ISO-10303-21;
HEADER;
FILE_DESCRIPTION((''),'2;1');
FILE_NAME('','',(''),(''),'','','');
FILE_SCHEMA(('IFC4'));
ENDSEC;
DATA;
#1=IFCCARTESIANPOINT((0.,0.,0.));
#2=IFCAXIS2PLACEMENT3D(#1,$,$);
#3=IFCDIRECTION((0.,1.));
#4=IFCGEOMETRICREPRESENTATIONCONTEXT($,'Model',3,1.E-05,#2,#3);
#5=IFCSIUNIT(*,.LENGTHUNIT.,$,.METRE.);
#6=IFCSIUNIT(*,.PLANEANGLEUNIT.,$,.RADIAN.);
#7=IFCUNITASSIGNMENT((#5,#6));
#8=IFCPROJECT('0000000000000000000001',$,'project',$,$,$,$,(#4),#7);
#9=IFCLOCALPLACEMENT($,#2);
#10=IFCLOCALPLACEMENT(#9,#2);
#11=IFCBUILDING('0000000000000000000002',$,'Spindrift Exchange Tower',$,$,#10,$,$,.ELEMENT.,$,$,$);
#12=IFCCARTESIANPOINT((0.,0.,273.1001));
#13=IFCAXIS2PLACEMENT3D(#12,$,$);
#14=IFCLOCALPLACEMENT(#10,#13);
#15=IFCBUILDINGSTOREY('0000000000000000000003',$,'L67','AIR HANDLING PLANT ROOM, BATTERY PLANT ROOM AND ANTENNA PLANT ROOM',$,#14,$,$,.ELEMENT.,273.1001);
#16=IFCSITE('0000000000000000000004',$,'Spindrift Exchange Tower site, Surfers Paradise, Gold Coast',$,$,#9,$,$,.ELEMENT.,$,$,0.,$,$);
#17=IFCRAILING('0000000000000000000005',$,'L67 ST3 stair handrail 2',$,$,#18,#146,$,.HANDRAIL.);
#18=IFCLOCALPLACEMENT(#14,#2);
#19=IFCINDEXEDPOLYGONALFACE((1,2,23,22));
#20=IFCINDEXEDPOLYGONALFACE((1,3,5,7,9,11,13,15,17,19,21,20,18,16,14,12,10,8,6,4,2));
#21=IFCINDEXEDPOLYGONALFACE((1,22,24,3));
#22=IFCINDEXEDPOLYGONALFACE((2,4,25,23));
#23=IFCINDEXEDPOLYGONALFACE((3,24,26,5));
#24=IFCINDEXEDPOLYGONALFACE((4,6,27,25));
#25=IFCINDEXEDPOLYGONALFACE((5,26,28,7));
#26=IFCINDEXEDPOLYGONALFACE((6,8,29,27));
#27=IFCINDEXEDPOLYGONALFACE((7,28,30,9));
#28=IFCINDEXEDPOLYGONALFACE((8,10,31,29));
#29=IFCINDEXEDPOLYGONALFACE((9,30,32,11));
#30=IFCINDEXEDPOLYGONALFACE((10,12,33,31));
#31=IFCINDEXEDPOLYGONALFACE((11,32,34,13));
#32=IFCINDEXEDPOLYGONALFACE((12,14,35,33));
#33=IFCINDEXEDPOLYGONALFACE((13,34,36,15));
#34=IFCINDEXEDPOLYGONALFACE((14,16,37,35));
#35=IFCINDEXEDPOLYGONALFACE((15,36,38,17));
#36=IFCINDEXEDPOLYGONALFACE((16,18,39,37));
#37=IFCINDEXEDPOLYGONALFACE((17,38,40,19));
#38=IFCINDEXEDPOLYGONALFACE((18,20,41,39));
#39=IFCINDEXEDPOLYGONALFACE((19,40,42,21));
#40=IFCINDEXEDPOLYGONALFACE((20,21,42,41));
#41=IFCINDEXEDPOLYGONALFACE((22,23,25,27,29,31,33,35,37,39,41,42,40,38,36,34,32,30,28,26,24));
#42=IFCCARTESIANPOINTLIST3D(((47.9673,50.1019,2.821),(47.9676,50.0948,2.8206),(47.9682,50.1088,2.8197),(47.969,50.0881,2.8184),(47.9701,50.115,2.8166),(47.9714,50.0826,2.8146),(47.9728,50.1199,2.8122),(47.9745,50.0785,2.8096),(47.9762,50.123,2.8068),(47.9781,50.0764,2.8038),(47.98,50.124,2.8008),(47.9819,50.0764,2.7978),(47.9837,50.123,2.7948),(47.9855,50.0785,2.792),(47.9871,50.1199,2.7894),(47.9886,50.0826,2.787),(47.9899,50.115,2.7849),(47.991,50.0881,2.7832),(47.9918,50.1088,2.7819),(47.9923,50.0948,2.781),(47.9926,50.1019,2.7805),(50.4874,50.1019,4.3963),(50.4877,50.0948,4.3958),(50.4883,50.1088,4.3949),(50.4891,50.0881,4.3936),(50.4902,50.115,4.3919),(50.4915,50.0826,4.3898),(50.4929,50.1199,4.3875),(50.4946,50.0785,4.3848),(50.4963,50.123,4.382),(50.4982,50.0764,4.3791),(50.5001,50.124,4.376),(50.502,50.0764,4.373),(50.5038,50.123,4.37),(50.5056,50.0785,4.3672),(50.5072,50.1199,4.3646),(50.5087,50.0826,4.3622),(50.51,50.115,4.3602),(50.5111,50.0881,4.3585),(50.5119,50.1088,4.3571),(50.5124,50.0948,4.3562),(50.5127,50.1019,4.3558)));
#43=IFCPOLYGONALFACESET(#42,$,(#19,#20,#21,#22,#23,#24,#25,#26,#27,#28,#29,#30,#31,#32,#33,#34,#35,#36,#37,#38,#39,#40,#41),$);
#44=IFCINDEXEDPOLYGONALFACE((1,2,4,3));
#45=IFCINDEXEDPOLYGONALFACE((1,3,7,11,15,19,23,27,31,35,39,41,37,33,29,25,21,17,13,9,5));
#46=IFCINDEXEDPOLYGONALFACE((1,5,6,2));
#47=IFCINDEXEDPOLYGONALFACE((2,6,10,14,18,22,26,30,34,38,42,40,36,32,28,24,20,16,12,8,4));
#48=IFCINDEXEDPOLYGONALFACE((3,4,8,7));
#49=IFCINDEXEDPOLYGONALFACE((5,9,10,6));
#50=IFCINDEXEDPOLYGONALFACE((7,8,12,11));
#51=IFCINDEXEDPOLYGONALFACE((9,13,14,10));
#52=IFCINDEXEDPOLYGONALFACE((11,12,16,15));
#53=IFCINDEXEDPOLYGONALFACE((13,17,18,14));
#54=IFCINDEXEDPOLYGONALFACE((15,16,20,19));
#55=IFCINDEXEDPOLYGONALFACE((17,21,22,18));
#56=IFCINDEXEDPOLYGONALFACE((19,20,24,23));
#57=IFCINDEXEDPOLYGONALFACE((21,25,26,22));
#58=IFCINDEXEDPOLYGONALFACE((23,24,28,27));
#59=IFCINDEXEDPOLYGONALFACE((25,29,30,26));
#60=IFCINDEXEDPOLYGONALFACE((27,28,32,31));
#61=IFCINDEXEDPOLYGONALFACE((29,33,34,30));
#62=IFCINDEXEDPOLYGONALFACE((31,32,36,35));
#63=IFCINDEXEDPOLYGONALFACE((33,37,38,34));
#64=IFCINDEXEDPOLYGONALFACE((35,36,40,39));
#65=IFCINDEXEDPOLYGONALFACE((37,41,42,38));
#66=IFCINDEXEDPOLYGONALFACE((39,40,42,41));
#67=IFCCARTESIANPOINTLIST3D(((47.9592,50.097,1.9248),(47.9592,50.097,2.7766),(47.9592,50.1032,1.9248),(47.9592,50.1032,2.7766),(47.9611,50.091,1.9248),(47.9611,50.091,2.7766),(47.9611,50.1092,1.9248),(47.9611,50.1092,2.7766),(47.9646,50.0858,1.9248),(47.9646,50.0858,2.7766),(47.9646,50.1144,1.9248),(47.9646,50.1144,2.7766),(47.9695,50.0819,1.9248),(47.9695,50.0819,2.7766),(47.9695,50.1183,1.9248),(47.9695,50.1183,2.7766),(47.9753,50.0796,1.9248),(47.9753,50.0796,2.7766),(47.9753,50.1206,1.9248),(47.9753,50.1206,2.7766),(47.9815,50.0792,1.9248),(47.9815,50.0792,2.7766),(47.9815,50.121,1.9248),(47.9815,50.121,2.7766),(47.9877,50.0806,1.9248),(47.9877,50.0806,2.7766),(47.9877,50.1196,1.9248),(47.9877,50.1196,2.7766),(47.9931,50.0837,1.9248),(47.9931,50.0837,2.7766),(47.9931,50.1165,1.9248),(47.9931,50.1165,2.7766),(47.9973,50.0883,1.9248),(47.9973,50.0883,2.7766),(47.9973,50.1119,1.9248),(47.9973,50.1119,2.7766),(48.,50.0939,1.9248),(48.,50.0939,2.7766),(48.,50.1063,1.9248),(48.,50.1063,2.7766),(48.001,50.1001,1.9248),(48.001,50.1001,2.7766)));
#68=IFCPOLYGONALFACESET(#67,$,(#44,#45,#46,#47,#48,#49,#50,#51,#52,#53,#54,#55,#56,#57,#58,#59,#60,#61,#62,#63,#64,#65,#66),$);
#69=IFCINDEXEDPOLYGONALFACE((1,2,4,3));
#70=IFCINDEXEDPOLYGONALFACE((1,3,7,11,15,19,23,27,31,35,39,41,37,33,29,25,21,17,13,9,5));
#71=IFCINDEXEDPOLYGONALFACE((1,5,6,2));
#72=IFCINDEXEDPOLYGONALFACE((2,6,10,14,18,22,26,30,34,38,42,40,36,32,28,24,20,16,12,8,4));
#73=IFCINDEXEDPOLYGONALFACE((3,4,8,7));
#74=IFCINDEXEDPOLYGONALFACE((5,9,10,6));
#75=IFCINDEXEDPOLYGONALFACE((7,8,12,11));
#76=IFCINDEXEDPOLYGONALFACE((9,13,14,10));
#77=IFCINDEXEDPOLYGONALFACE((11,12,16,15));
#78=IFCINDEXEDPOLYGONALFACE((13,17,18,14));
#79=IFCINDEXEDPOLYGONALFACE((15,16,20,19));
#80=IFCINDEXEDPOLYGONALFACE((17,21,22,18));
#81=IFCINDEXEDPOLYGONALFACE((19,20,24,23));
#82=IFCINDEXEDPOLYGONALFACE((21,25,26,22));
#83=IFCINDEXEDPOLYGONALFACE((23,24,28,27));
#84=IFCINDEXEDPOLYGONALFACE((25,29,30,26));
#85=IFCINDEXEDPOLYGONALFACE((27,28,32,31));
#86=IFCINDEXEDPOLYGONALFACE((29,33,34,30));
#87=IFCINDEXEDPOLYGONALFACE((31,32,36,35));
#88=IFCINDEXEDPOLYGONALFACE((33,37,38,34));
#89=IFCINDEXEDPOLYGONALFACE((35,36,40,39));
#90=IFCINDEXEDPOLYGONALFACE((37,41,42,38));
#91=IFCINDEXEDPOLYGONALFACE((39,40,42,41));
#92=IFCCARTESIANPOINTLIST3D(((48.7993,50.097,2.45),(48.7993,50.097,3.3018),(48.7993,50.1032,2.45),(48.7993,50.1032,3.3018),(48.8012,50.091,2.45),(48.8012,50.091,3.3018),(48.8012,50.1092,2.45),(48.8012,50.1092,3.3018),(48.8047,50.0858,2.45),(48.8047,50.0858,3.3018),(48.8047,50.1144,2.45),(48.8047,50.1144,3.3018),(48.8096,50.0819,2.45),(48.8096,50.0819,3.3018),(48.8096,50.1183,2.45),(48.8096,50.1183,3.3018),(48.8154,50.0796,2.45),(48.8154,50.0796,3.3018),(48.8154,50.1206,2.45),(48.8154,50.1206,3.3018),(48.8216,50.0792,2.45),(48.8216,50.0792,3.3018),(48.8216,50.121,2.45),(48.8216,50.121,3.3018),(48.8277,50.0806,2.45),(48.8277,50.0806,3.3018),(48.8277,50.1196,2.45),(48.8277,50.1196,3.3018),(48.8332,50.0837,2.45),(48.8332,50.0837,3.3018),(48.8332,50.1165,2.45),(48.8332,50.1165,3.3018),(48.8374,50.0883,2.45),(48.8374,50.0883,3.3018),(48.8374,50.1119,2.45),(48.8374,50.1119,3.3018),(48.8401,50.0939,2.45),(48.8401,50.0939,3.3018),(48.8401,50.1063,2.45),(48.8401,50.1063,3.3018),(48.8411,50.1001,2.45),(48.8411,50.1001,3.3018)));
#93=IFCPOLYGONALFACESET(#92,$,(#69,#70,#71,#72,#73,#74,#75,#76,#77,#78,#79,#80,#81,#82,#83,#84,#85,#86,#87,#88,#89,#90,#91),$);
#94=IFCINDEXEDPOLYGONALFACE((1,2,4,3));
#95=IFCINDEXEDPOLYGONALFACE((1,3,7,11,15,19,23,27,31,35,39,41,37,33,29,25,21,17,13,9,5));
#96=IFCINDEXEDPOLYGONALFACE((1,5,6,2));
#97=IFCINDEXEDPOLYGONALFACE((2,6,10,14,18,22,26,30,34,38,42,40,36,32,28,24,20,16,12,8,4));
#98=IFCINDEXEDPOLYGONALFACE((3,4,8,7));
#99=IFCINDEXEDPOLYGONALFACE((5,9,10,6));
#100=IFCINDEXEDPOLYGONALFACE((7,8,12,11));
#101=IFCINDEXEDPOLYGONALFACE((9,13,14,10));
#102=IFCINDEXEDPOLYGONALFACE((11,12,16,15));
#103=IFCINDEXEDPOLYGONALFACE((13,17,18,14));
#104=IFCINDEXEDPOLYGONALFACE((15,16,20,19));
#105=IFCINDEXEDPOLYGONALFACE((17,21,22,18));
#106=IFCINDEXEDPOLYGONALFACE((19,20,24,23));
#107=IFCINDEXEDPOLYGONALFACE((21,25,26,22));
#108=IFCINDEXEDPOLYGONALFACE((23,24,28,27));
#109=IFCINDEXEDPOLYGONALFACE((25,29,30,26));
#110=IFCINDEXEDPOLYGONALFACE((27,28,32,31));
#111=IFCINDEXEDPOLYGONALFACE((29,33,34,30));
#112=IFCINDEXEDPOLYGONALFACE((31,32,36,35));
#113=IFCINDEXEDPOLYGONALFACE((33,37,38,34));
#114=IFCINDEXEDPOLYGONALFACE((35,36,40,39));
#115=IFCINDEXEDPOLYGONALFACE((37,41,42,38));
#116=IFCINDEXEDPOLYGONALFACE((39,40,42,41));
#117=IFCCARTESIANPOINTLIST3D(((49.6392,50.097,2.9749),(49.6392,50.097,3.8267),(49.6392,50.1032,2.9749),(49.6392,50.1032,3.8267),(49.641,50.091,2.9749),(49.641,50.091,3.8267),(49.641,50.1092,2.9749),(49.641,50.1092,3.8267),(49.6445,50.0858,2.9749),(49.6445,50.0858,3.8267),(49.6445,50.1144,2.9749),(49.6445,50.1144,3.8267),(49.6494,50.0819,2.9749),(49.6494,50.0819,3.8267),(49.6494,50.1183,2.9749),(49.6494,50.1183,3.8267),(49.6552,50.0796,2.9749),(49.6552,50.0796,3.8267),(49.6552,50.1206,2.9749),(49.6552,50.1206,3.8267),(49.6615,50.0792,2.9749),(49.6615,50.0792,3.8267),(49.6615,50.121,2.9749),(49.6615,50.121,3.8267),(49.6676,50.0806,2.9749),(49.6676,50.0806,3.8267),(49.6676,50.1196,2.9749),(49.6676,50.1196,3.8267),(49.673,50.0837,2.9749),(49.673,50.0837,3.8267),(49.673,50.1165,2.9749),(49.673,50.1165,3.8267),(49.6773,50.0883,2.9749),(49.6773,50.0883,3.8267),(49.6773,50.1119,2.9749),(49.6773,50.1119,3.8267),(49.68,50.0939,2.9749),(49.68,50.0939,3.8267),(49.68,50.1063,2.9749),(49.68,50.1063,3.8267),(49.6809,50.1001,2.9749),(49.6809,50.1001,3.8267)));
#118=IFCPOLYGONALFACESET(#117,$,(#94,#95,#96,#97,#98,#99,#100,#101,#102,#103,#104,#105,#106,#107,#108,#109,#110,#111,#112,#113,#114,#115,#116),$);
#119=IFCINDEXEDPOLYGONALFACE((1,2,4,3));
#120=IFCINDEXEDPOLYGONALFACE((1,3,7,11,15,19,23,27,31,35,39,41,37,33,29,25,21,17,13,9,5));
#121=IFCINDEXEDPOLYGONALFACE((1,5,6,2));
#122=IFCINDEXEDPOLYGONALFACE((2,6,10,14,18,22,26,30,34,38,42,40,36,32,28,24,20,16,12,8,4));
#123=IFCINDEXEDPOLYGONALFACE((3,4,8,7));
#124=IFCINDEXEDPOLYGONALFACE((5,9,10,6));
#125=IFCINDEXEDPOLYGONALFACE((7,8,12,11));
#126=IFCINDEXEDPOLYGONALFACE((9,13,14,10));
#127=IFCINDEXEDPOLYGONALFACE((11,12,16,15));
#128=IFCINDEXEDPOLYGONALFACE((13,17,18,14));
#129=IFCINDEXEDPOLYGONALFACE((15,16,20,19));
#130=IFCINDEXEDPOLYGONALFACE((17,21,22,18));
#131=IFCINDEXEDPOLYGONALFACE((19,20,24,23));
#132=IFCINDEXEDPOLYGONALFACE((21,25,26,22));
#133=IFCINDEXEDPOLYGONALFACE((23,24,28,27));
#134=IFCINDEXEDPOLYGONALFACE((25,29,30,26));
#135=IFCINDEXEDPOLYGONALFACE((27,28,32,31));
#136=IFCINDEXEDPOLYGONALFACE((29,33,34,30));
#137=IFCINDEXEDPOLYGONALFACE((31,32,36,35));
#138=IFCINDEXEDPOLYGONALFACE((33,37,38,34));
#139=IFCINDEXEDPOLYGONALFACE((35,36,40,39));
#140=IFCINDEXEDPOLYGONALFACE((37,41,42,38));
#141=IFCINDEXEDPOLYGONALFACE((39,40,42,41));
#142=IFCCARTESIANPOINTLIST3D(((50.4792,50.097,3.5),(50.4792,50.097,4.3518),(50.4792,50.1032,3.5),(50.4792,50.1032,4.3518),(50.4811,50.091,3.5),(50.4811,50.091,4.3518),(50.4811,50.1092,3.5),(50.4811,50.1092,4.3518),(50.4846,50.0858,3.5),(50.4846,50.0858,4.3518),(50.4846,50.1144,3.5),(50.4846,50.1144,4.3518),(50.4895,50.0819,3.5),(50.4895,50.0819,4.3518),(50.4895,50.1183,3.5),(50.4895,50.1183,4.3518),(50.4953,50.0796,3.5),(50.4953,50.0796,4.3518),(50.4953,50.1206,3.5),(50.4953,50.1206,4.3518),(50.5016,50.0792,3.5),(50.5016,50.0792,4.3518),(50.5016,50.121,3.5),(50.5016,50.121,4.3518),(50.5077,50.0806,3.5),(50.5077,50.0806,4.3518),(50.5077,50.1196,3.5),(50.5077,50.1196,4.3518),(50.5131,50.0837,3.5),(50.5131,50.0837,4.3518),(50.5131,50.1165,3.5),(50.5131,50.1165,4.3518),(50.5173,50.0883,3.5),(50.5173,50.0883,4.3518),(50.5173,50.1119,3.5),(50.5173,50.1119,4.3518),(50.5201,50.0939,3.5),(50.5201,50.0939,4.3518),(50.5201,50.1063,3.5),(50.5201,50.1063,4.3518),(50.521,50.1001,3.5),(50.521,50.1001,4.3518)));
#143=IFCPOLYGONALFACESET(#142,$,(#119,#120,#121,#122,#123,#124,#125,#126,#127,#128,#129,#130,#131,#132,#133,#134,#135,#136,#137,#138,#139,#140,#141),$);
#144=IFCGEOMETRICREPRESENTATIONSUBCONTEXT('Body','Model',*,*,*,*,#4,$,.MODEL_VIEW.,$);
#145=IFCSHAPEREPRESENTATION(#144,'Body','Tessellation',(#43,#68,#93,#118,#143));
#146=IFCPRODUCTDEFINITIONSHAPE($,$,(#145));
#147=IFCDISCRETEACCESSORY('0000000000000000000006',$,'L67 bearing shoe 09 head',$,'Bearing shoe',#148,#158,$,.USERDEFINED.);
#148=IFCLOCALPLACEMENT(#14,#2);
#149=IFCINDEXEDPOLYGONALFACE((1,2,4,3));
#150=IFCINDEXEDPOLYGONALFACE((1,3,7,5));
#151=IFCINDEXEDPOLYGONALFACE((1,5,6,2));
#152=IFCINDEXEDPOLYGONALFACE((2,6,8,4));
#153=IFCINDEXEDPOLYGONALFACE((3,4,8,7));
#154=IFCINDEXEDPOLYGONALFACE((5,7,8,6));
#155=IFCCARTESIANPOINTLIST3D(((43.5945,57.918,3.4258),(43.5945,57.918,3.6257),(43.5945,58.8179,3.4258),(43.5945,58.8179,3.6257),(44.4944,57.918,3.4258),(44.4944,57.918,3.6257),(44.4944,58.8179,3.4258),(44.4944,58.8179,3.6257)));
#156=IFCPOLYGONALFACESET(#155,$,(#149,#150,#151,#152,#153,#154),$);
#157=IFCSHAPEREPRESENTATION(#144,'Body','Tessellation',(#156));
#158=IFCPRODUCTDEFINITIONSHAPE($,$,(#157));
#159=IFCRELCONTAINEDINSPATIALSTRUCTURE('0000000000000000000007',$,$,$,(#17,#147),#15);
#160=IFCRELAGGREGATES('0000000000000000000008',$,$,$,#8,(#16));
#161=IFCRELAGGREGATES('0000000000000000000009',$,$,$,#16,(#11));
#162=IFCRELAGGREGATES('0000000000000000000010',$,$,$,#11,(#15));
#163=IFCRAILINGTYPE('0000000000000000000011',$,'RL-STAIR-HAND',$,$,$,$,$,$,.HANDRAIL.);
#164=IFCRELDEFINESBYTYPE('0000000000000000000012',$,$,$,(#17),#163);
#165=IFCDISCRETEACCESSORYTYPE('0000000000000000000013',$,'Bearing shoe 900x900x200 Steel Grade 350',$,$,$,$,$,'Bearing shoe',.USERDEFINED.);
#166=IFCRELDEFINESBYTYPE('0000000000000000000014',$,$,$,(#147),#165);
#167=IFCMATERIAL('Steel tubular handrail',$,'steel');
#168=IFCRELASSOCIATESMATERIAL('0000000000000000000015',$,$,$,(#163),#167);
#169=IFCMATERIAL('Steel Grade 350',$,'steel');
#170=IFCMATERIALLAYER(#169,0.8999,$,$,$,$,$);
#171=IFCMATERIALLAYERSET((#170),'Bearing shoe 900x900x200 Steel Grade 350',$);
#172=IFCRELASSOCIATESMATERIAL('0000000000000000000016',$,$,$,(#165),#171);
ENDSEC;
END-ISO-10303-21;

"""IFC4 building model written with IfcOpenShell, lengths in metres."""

from ifc_helpers import new_model, si_unit, direction, frame, origin, origin_2d, place, context, subcontext, project, spatial, rectangle, circle, extrude, source, transform, mapped, material, layer, layer_set, type_object, element, save


model = new_model("IFC4")

# Units and contexts
model_context = context("Model", 3, precision=1e-05, world=origin(), true_north=direction((0.0, 1.0)))
body_context = subcontext(model_context, "Body", "Model", "MODEL_VIEW")
ifc_project = project(units=[si_unit("LENGTHUNIT", "METRE"), si_unit("PLANEANGLEUNIT", "RADIAN")], contexts=[model_context])

# Site, building, storey
site_placement = place(None, origin())
site = spatial("IfcSite", under=ifc_project, at=site_placement, Name="Spindrift Exchange Tower site, Surfers Paradise, Gold Coast", CompositionType="ELEMENT", RefElevation=0.0)
building_placement = place(site_placement, origin())
building = spatial("IfcBuilding", under=site, at=building_placement, Name="Spindrift Exchange Tower", CompositionType="ELEMENT")
storey_placement = place(building_placement, frame((0.0, 0.0, 273.1001)))
storey = spatial("IfcBuildingStorey", under=building, at=storey_placement, Name="L67", Description="AIR HANDLING PLANT ROOM, BATTERY PLANT ROOM AND ANTENNA PLANT ROOM", CompositionType="ELEMENT", Elevation=273.1001)

# Railing
ifc_material_1 = material(Name="Steel tubular handrail", Category="steel")
railing_type_1 = type_object("IfcRailingType", Name="RL-STAIR-HAND", PredefinedType="HANDRAIL", material=ifc_material_1)
railing_1_placement = place(storey_placement, frame((47.98, 50.1001, 1.9248)))
element("IfcRailing", 1, at=railing_1_placement, inside=storey, type_object=railing_type_1, Name="L67 ST3 stair handrail 2", PredefinedType="HANDRAIL", context=body_context, shape_type="SweptSolid", body=[
    extrude(circle(Radius=0.0239, at=origin_2d()), frame((0.0, 0.0, 0.876), z_axis=(0.847971, 0.0, 0.530043), x_axis=(0.0, 1.0, 0.0)), (0.0, 0.0, 1.0), 2.9719),
    extrude(circle(Radius=0.021, at=origin_2d()), origin(), (0.0, 0.0, 1.0), 0.8518),
    extrude(circle(Radius=0.021, at=origin_2d()), frame((0.8401, 0.0, 0.5251)), (0.0, 0.0, 1.0), 0.8518),
    extrude(circle(Radius=0.021, at=origin_2d()), frame((1.6799, 0.0, 1.05)), (0.0, 0.0, 1.0), 0.8518),
    extrude(circle(Radius=0.021, at=origin_2d()), frame((2.52, 0.0, 1.5752)), (0.0, 0.0, 1.0), 0.8518),
])

# Discrete accessory
ifc_material_2 = material(Name="Steel Grade 350", Category="steel")
ifc_layer_1 = layer(ifc_material_2, 0.8999)
ifc_layer_set_1 = layer_set([ifc_layer_1], Name="Bearing shoe 900x900x200 Steel Grade 350")
discrete_accessory_type = type_object("IfcDiscreteAccessoryType", Name="Bearing shoe 900x900x200 Steel Grade 350", ElementType="Bearing shoe", PredefinedType="USERDEFINED", material=ifc_layer_set_1)
shared_shape_1 = source(origin(), body_context, "Body", "SweptSolid", [
    extrude(rectangle(XDim=0.8999, YDim=0.8999, at=origin_2d()), origin(), (0.0, 0.0, 1.0), 0.2),
])
discrete_accessory_placement = place(storey_placement, frame((44.0444, 58.3679, 3.4258), z_axis=(0.0, 0.0, 1.0), x_axis=(1.0, 0.0, 0.0)))
element("IfcDiscreteAccessory", 2, at=discrete_accessory_placement, inside=storey, type_object=discrete_accessory_type, Name="L67 bearing shoe 09 head", ObjectType="Bearing shoe", PredefinedType="USERDEFINED", context=body_context, shape_type="MappedRepresentation", body=[
    mapped(shared_shape_1, transform((0.0, 0.0, 0.0), scale=1.0)),
])

save(model, "model.ifc")
